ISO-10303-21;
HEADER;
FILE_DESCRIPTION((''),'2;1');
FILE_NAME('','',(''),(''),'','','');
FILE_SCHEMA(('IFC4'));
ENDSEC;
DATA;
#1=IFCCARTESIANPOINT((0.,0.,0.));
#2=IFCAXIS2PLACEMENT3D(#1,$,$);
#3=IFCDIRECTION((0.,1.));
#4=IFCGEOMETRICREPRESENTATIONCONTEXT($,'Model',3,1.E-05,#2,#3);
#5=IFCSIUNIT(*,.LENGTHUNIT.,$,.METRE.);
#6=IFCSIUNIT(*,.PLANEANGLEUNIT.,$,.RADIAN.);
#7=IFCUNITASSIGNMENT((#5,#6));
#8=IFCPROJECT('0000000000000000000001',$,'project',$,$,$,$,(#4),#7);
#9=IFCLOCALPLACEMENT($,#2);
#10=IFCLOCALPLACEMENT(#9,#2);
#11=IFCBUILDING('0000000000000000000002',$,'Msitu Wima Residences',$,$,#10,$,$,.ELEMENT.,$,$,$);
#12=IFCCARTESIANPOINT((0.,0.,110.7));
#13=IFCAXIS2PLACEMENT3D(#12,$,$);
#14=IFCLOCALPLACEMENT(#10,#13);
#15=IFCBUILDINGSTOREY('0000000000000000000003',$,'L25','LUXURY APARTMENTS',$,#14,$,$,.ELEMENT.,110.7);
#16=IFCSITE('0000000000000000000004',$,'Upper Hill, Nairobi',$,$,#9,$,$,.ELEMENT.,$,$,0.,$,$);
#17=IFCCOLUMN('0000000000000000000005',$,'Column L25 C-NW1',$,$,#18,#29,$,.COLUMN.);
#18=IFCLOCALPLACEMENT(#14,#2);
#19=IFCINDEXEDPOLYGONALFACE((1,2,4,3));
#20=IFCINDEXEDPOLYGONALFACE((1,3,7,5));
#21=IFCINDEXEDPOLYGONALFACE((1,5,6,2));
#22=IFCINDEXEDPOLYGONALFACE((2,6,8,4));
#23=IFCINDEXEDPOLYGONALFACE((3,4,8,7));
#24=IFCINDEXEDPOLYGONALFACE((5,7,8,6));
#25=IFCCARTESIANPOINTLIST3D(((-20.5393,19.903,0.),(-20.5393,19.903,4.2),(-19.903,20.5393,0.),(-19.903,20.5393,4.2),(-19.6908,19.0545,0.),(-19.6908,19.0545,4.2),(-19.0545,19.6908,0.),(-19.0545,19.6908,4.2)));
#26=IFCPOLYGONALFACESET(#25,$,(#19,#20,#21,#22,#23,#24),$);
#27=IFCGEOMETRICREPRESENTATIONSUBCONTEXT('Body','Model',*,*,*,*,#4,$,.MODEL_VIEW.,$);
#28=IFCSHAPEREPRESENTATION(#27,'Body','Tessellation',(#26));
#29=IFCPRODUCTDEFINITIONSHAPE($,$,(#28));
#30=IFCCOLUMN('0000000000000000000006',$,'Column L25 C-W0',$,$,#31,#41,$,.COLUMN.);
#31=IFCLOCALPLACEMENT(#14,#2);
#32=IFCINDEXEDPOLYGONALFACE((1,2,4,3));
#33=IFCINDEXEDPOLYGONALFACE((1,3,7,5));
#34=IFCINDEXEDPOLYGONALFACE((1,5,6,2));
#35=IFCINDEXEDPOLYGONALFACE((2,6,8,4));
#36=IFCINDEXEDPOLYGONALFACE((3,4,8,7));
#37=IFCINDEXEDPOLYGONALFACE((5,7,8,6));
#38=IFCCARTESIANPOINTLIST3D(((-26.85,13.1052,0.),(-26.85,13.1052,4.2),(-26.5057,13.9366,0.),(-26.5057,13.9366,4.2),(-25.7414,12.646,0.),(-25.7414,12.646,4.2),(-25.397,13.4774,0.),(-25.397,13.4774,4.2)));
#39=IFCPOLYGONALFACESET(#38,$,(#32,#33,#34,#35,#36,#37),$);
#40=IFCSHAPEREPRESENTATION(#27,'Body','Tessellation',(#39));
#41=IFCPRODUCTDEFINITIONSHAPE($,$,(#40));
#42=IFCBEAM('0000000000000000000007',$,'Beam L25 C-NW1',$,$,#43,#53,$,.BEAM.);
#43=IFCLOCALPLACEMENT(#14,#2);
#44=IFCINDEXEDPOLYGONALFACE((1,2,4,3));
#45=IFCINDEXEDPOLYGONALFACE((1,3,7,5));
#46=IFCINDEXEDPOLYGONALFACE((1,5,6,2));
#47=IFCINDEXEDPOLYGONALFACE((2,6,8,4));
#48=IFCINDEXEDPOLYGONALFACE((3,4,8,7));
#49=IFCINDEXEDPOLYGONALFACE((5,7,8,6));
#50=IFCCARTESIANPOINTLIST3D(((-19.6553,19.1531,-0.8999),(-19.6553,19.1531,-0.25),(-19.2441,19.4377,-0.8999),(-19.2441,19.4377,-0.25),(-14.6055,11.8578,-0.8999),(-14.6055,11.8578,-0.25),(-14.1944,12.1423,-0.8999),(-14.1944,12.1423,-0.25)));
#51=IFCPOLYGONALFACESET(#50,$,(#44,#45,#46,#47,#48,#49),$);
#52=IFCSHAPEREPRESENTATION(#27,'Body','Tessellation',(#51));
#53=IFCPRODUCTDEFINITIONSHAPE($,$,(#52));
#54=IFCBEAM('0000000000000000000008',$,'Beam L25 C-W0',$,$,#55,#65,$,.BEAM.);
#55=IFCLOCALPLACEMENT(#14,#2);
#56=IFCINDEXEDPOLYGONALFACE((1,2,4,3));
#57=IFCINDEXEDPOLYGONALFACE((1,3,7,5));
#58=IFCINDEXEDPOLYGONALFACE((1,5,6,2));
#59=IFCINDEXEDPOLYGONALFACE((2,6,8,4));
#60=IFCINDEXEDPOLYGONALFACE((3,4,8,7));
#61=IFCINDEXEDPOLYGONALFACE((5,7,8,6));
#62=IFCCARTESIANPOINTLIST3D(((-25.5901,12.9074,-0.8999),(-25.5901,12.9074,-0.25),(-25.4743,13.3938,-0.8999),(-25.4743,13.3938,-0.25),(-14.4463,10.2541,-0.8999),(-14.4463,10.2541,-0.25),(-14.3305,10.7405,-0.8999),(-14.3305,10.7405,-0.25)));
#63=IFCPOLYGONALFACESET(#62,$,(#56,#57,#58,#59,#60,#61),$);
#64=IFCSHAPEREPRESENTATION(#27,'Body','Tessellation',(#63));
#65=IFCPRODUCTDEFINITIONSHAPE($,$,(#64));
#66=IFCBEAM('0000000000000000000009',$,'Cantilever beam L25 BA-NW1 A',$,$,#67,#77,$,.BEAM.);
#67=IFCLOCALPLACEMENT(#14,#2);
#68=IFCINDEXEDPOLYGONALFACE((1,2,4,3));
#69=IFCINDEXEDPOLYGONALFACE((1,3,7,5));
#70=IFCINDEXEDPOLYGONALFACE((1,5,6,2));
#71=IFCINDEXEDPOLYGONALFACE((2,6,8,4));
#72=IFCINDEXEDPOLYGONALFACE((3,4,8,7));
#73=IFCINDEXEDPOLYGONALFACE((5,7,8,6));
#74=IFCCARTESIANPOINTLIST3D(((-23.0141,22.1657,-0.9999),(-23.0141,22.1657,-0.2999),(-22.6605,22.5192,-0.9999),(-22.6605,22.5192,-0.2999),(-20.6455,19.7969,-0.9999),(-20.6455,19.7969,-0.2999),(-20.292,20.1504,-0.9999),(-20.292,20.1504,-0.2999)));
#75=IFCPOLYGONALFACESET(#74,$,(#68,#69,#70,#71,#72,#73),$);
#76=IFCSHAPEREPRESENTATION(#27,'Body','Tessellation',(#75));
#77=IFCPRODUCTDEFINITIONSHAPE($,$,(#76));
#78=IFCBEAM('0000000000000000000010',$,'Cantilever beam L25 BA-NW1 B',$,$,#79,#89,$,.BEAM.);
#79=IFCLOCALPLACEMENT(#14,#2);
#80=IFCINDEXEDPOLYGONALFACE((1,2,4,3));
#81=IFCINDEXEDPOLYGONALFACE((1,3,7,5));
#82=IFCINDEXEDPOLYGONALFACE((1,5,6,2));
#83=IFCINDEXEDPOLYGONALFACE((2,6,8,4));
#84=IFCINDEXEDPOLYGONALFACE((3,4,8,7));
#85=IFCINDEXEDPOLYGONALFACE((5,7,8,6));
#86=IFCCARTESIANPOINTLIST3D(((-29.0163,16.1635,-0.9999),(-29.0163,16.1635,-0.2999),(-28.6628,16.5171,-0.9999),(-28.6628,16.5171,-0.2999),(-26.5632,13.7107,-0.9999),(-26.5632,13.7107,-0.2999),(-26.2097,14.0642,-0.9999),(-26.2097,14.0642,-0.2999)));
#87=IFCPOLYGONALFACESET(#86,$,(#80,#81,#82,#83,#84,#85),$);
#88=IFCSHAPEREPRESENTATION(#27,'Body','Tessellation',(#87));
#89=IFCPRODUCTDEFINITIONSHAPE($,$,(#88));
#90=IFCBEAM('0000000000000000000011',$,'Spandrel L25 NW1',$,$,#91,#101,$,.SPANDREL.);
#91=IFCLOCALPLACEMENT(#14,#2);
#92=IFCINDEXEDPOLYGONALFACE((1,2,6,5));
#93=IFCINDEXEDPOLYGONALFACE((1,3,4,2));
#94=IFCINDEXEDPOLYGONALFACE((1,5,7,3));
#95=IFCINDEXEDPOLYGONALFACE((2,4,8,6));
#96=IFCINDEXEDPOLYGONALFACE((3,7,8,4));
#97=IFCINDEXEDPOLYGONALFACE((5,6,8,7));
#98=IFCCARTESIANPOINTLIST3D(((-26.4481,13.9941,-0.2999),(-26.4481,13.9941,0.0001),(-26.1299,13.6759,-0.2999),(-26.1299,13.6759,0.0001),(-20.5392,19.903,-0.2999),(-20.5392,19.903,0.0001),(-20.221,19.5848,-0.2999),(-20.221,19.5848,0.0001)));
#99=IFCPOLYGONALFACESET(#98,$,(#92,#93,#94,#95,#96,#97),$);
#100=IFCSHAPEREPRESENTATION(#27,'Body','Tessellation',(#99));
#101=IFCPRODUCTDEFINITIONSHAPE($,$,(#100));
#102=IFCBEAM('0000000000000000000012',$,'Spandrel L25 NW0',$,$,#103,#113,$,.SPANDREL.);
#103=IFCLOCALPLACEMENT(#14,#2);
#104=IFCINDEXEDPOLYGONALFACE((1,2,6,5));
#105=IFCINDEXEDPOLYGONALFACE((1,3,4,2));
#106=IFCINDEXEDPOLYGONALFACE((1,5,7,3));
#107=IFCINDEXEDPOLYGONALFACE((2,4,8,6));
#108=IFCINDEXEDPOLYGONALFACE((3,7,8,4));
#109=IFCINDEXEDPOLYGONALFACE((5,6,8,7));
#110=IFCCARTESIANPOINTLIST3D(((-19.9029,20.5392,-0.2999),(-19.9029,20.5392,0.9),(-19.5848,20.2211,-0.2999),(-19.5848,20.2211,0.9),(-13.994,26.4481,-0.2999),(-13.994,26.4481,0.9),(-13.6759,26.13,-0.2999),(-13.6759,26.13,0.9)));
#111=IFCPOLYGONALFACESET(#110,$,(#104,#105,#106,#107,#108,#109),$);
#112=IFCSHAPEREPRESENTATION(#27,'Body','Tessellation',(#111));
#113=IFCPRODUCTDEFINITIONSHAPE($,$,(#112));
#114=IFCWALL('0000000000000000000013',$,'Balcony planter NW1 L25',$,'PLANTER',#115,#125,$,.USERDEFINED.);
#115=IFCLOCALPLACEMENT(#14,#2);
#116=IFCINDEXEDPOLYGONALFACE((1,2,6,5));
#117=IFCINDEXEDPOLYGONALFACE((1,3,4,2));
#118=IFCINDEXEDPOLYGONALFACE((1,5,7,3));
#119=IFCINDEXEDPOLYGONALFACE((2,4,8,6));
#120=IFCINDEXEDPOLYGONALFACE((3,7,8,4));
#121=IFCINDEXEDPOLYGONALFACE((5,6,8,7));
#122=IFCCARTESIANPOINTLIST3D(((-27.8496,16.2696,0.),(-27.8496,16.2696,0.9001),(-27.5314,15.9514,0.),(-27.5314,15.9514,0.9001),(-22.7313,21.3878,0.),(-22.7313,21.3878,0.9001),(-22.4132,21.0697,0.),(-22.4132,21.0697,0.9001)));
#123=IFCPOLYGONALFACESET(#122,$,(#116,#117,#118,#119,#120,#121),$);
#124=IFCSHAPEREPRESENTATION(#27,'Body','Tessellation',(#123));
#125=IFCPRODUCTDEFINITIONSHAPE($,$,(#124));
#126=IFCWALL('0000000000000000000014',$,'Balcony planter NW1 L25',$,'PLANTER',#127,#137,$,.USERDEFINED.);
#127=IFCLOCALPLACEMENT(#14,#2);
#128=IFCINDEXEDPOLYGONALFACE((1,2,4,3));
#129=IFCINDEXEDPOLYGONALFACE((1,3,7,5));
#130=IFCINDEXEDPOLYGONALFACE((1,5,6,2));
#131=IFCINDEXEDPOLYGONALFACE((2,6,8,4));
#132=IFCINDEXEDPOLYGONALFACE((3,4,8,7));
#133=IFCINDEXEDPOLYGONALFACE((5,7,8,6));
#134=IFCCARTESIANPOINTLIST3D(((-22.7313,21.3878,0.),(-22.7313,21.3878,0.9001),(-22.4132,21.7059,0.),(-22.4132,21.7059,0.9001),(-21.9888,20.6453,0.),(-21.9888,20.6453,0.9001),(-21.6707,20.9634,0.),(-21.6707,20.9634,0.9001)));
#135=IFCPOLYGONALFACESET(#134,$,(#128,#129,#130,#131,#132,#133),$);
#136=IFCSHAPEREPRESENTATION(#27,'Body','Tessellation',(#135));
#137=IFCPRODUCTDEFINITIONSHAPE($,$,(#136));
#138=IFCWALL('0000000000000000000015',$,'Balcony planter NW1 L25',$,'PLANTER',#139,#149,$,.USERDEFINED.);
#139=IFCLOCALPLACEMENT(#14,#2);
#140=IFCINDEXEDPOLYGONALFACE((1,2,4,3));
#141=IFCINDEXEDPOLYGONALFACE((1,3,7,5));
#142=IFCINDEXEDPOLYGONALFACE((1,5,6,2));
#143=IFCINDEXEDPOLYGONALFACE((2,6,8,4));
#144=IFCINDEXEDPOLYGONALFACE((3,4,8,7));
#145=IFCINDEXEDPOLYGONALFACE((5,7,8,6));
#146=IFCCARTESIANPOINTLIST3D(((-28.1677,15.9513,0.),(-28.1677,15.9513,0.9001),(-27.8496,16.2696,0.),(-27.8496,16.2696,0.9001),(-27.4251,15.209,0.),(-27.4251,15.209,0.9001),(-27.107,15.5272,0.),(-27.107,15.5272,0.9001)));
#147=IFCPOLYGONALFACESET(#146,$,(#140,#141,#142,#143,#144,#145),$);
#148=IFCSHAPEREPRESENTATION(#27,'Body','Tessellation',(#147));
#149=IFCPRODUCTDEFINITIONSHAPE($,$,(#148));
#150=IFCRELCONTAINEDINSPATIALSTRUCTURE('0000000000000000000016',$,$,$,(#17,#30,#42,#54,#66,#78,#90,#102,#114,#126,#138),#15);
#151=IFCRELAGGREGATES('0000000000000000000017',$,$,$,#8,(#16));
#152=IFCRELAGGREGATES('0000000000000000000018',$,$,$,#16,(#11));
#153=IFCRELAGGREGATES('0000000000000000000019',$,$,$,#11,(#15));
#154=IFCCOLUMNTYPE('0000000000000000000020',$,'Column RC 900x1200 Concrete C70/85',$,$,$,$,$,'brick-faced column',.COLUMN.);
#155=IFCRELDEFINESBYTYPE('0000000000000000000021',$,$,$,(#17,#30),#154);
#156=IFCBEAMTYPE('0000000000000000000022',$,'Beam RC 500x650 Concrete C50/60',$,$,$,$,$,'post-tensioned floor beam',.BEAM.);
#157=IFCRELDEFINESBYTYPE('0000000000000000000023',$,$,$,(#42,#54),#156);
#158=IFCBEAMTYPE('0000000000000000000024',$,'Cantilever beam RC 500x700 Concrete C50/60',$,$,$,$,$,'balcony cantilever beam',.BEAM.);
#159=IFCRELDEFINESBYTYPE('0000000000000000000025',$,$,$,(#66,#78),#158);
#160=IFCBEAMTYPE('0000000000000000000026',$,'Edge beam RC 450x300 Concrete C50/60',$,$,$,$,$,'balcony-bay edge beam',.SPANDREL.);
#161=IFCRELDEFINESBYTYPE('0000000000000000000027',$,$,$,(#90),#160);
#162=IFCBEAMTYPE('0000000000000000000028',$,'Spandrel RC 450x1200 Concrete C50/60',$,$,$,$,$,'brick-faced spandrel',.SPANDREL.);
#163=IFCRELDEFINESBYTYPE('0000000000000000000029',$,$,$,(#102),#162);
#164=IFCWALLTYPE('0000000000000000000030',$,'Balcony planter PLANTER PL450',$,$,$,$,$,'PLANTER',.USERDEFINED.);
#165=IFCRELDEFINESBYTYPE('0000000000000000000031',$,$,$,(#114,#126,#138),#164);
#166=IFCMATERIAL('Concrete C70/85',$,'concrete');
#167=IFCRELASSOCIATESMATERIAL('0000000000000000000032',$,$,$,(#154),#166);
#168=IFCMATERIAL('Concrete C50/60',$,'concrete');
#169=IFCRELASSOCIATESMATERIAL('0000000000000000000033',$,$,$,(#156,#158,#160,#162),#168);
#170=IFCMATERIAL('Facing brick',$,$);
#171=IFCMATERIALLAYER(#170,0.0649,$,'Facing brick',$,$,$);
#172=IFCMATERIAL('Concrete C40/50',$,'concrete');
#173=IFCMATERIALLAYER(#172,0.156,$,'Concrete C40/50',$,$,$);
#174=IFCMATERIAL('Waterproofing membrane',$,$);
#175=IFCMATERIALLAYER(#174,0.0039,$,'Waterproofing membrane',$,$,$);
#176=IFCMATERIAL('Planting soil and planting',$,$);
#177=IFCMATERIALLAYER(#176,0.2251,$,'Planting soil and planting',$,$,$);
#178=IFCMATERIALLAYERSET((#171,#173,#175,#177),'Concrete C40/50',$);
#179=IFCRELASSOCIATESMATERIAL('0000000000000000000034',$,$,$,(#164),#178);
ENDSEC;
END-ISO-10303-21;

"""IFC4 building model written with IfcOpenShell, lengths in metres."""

from ifc_helpers import new_model, si_unit, direction, frame, frame_2d, origin, origin_2d, place, context, subcontext, project, spatial, rectangle, extrude, material, layer, layer_set, material_profile, profile_set, type_object, element, save


model = new_model("IFC4")

# Units and contexts
model_context = context("Model", 3, precision=1e-05, world=origin(), true_north=direction((0.0, 1.0)))
body_context = subcontext(model_context, "Body", "Model", "MODEL_VIEW")
ifc_project = project(units=[si_unit("LENGTHUNIT", "METRE"), si_unit("PLANEANGLEUNIT", "RADIAN")], contexts=[model_context])

# Site, building, storey
site_placement = place(None, origin())
site = spatial("IfcSite", under=ifc_project, at=site_placement, Name="Upper Hill, Nairobi", CompositionType="ELEMENT", RefElevation=0.0)
building_placement = place(site_placement, origin())
building = spatial("IfcBuilding", under=site, at=building_placement, Name="Msitu Wima Residences", CompositionType="ELEMENT")
storey_placement = place(building_placement, frame((0.0, 0.0, 110.7)))
storey = spatial("IfcBuildingStorey", under=building, at=storey_placement, Name="L25", Description="LUXURY APARTMENTS", CompositionType="ELEMENT", Elevation=110.7)

# Columns
ifc_material_1 = material(Name="Concrete C70/85", Category="concrete")
ifc_material_profile_1 = material_profile(ifc_material_1, rectangle(XDim=0.8999, YDim=1.2, at=origin_2d()), Name="RC 900x1200")
ifc_profile_set_1 = profile_set([ifc_material_profile_1], Name="Concrete C70/85")
column_type = type_object("IfcColumnType", Name="Column RC 900x1200 Concrete C70/85", ElementType="brick-faced column", PredefinedType="COLUMN", material=ifc_profile_set_1)
for number, where, z_axis, x_axis, name in (
    (1, (-19.7969, 19.7969, 0.0), (0.0, 0.0, 1.0), (-0.707107, -0.707107, 0.0), "Column L25 C-NW1"),
    (2, (-26.1235, 13.2913, 0.0), (0.0, 0.0, 1.0), (-0.382683, -0.92388, 0.0), "Column L25 C-W0"),
):
    element("IfcColumn", number, at=place(storey_placement, frame(where, z_axis=z_axis, x_axis=x_axis)), inside=storey, type_object=column_type, Name=name, PredefinedType="COLUMN", context=body_context, shape_type="SweptSolid", body=[
        extrude(rectangle(XDim=0.8999, YDim=1.2, at=origin_2d()), origin(), (0.0, 0.0, 1.0), 4.2),
    ])

# Beams
ifc_material_2 = material(Name="Concrete C50/60", Category="concrete")
ifc_material_profile_2 = material_profile(ifc_material_2, rectangle(XDim=0.5, YDim=0.6499, at=origin_2d()), Name="RC 500x650")
ifc_profile_set_2 = profile_set([ifc_material_profile_2], Name="Concrete C50/60")
beam_type_1 = type_object("IfcBeamType", Name="Beam RC 500x650 Concrete C50/60", ElementType="post-tensioned floor beam", PredefinedType="BEAM", material=ifc_profile_set_2)
beam_1_placement = place(storey_placement, frame((-19.4497, 19.2954, -0.575), z_axis=(0.569144, -0.822238, 0.0), x_axis=(0.822238, 0.569144, 0.0)))
element("IfcBeam", 3, at=beam_1_placement, inside=storey, type_object=beam_type_1, Name="Beam L25 C-NW1", PredefinedType="BEAM", context=body_context, shape_type="SweptSolid", body=[
    extrude(rectangle(XDim=0.5, YDim=0.6499, at=origin_2d()), origin(), (0.0, 0.0, 1.0), 8.8726),
])
beam_2_placement = place(storey_placement, frame((-25.5322, 13.1506, -0.575), z_axis=(0.972806, -0.231623, 0.0), x_axis=(0.231623, 0.972806, 0.0)))
element("IfcBeam", 4, at=beam_2_placement, inside=storey, type_object=beam_type_1, Name="Beam L25 C-W0", PredefinedType="BEAM", context=body_context, shape_type="SweptSolid", body=[
    extrude(rectangle(XDim=0.5, YDim=0.6499, at=origin_2d()), origin(), (0.0, 0.0, 1.0), 11.4553),
])
ifc_material_profile_3 = material_profile(ifc_material_2, rectangle(XDim=0.5, YDim=0.7, at=origin_2d()), Name="RC 500x700")
ifc_profile_set_3 = profile_set([ifc_material_profile_3], Name="Concrete C50/60")
beam_type_2 = type_object("IfcBeamType", Name="Cantilever beam RC 500x700 Concrete C50/60", ElementType="balcony cantilever beam", PredefinedType="BEAM", material=ifc_profile_set_3)
beam_3_placement = place(storey_placement, frame((-20.4688, 19.9736, -0.6499), z_axis=(-0.70707, 0.707143, 0.0), x_axis=(-0.707143, -0.70707, 0.0)))
element("IfcBeam", 5, at=beam_3_placement, inside=storey, type_object=beam_type_2, Name="Cantilever beam L25 BA-NW1 A", PredefinedType="BEAM", context=body_context, shape_type="SweptSolid", body=[
    extrude(rectangle(XDim=0.5, YDim=0.7, at=origin_2d()), origin(), (0.0, 0.0, 1.0), 3.3499),
])
beam_4_placement = place(storey_placement, frame((-26.3865, 13.8875, -0.6499), z_axis=(-0.707142, 0.707072, 0.0), x_axis=(-0.707072, -0.707142, 0.0)))
element("IfcBeam", 6, at=beam_4_placement, inside=storey, type_object=beam_type_2, Name="Cantilever beam L25 BA-NW1 B", PredefinedType="BEAM", context=body_context, shape_type="SweptSolid", body=[
    extrude(rectangle(XDim=0.5, YDim=0.7, at=origin_2d()), origin(), (0.0, 0.0, 1.0), 3.469),
])
ifc_material_profile_4 = material_profile(ifc_material_2, rectangle(XDim=0.45, YDim=0.3, at=origin_2d()), Name="RC 450x300")
ifc_profile_set_4 = profile_set([ifc_material_profile_4], Name="Concrete C50/60")
beam_type_3 = type_object("IfcBeamType", Name="Edge beam RC 450x300 Concrete C50/60", ElementType="balcony-bay edge beam", PredefinedType="SPANDREL", material=ifc_profile_set_4)
beam_5_placement = place(storey_placement, frame((-20.3801, 19.7439, -0.1499), z_axis=(-0.707107, -0.707107, 0.0), x_axis=(0.707107, -0.707107, 0.0)))
element("IfcBeam", 7, at=beam_5_placement, inside=storey, type_object=beam_type_3, Name="Spandrel L25 NW1", PredefinedType="SPANDREL", context=body_context, shape_type="SweptSolid", body=[
    extrude(rectangle(XDim=0.45, YDim=0.3, at=origin_2d()), origin(), (0.0, 0.0, 1.0), 8.3564),
])
ifc_material_profile_5 = material_profile(ifc_material_2, rectangle(XDim=0.45, YDim=1.2, at=origin_2d()), Name="RC 450x1200")
ifc_profile_set_5 = profile_set([ifc_material_profile_5], Name="Concrete C50/60")
beam_type_4 = type_object("IfcBeamType", Name="Spandrel RC 450x1200 Concrete C50/60", ElementType="brick-faced spandrel", PredefinedType="SPANDREL", material=ifc_profile_set_5)
beam_6_placement = place(storey_placement, frame((-13.835, 26.2891, 0.3), z_axis=(-0.707107, -0.707107, 0.0), x_axis=(0.707107, -0.707107, 0.0)))
element("IfcBeam", 8, at=beam_6_placement, inside=storey, type_object=beam_type_4, Name="Spandrel L25 NW0", PredefinedType="SPANDREL", context=body_context, shape_type="SweptSolid", body=[
    extrude(rectangle(XDim=0.45, YDim=1.2, at=origin_2d()), origin(), (0.0, 0.0, 1.0), 8.3564),
])

# Walls
ifc_material_3 = material(Name="Facing brick")
ifc_layer_1 = layer(ifc_material_3, 0.0649, Name="Facing brick")
ifc_material_4 = material(Name="Concrete C40/50", Category="concrete")
ifc_layer_2 = layer(ifc_material_4, 0.156, Name="Concrete C40/50")
ifc_material_5 = material(Name="Waterproofing membrane")
ifc_layer_3 = layer(ifc_material_5, 0.0039, Name="Waterproofing membrane")
ifc_material_6 = material(Name="Planting soil and planting")
ifc_layer_4 = layer(ifc_material_6, 0.2251, Name="Planting soil and planting")
ifc_layer_set_1 = layer_set([ifc_layer_1, ifc_layer_2, ifc_layer_3, ifc_layer_4], Name="Concrete C40/50")
wall_type_1 = type_object("IfcWallType", Name="Balcony planter PLANTER PL450", ElementType="PLANTER", PredefinedType="USERDEFINED", material=ifc_layer_set_1)
wall_1_placement = place(storey_placement, frame((-22.5723, 21.2288, 0.0), z_axis=(0.0, 0.0, 1.0), x_axis=(-0.707107, -0.707107, 0.0)))
element("IfcWall", 9, at=wall_1_placement, inside=storey, type_object=wall_type_1, Name="Balcony planter NW1 L25", ObjectType="PLANTER", PredefinedType="USERDEFINED", context=body_context, shape_type="SweptSolid", body=[
    extrude(rectangle(XDim=7.2383, YDim=0.45, at=frame_2d((3.6191, 0.0))), origin(), (0.0, 0.0, 1.0), 0.9001),
])
for number, where, z_axis, x_axis, name in (
    (10, (-21.8298, 20.8044, 0.0), (0.0, 0.0, 1.0), (-0.707107, 0.707107, 0.0), "Balcony planter NW1 L25"),
    (11, (-27.2661, 15.3682, 0.0), (0.0, 0.0, 1.0), (-0.707223, 0.706991, 0.0), "Balcony planter NW1 L25"),
):
    element("IfcWall", number, at=place(storey_placement, frame(where, z_axis=z_axis, x_axis=x_axis)), inside=storey, type_object=wall_type_1, Name=name, ObjectType="PLANTER", PredefinedType="USERDEFINED", context=body_context, shape_type="SweptSolid", body=[
        extrude(rectangle(XDim=1.05, YDim=0.45, at=frame_2d((0.5249, 0.0))), origin(), (0.0, 0.0, 1.0), 0.9001),
    ])

save(model, "model.ifc")
